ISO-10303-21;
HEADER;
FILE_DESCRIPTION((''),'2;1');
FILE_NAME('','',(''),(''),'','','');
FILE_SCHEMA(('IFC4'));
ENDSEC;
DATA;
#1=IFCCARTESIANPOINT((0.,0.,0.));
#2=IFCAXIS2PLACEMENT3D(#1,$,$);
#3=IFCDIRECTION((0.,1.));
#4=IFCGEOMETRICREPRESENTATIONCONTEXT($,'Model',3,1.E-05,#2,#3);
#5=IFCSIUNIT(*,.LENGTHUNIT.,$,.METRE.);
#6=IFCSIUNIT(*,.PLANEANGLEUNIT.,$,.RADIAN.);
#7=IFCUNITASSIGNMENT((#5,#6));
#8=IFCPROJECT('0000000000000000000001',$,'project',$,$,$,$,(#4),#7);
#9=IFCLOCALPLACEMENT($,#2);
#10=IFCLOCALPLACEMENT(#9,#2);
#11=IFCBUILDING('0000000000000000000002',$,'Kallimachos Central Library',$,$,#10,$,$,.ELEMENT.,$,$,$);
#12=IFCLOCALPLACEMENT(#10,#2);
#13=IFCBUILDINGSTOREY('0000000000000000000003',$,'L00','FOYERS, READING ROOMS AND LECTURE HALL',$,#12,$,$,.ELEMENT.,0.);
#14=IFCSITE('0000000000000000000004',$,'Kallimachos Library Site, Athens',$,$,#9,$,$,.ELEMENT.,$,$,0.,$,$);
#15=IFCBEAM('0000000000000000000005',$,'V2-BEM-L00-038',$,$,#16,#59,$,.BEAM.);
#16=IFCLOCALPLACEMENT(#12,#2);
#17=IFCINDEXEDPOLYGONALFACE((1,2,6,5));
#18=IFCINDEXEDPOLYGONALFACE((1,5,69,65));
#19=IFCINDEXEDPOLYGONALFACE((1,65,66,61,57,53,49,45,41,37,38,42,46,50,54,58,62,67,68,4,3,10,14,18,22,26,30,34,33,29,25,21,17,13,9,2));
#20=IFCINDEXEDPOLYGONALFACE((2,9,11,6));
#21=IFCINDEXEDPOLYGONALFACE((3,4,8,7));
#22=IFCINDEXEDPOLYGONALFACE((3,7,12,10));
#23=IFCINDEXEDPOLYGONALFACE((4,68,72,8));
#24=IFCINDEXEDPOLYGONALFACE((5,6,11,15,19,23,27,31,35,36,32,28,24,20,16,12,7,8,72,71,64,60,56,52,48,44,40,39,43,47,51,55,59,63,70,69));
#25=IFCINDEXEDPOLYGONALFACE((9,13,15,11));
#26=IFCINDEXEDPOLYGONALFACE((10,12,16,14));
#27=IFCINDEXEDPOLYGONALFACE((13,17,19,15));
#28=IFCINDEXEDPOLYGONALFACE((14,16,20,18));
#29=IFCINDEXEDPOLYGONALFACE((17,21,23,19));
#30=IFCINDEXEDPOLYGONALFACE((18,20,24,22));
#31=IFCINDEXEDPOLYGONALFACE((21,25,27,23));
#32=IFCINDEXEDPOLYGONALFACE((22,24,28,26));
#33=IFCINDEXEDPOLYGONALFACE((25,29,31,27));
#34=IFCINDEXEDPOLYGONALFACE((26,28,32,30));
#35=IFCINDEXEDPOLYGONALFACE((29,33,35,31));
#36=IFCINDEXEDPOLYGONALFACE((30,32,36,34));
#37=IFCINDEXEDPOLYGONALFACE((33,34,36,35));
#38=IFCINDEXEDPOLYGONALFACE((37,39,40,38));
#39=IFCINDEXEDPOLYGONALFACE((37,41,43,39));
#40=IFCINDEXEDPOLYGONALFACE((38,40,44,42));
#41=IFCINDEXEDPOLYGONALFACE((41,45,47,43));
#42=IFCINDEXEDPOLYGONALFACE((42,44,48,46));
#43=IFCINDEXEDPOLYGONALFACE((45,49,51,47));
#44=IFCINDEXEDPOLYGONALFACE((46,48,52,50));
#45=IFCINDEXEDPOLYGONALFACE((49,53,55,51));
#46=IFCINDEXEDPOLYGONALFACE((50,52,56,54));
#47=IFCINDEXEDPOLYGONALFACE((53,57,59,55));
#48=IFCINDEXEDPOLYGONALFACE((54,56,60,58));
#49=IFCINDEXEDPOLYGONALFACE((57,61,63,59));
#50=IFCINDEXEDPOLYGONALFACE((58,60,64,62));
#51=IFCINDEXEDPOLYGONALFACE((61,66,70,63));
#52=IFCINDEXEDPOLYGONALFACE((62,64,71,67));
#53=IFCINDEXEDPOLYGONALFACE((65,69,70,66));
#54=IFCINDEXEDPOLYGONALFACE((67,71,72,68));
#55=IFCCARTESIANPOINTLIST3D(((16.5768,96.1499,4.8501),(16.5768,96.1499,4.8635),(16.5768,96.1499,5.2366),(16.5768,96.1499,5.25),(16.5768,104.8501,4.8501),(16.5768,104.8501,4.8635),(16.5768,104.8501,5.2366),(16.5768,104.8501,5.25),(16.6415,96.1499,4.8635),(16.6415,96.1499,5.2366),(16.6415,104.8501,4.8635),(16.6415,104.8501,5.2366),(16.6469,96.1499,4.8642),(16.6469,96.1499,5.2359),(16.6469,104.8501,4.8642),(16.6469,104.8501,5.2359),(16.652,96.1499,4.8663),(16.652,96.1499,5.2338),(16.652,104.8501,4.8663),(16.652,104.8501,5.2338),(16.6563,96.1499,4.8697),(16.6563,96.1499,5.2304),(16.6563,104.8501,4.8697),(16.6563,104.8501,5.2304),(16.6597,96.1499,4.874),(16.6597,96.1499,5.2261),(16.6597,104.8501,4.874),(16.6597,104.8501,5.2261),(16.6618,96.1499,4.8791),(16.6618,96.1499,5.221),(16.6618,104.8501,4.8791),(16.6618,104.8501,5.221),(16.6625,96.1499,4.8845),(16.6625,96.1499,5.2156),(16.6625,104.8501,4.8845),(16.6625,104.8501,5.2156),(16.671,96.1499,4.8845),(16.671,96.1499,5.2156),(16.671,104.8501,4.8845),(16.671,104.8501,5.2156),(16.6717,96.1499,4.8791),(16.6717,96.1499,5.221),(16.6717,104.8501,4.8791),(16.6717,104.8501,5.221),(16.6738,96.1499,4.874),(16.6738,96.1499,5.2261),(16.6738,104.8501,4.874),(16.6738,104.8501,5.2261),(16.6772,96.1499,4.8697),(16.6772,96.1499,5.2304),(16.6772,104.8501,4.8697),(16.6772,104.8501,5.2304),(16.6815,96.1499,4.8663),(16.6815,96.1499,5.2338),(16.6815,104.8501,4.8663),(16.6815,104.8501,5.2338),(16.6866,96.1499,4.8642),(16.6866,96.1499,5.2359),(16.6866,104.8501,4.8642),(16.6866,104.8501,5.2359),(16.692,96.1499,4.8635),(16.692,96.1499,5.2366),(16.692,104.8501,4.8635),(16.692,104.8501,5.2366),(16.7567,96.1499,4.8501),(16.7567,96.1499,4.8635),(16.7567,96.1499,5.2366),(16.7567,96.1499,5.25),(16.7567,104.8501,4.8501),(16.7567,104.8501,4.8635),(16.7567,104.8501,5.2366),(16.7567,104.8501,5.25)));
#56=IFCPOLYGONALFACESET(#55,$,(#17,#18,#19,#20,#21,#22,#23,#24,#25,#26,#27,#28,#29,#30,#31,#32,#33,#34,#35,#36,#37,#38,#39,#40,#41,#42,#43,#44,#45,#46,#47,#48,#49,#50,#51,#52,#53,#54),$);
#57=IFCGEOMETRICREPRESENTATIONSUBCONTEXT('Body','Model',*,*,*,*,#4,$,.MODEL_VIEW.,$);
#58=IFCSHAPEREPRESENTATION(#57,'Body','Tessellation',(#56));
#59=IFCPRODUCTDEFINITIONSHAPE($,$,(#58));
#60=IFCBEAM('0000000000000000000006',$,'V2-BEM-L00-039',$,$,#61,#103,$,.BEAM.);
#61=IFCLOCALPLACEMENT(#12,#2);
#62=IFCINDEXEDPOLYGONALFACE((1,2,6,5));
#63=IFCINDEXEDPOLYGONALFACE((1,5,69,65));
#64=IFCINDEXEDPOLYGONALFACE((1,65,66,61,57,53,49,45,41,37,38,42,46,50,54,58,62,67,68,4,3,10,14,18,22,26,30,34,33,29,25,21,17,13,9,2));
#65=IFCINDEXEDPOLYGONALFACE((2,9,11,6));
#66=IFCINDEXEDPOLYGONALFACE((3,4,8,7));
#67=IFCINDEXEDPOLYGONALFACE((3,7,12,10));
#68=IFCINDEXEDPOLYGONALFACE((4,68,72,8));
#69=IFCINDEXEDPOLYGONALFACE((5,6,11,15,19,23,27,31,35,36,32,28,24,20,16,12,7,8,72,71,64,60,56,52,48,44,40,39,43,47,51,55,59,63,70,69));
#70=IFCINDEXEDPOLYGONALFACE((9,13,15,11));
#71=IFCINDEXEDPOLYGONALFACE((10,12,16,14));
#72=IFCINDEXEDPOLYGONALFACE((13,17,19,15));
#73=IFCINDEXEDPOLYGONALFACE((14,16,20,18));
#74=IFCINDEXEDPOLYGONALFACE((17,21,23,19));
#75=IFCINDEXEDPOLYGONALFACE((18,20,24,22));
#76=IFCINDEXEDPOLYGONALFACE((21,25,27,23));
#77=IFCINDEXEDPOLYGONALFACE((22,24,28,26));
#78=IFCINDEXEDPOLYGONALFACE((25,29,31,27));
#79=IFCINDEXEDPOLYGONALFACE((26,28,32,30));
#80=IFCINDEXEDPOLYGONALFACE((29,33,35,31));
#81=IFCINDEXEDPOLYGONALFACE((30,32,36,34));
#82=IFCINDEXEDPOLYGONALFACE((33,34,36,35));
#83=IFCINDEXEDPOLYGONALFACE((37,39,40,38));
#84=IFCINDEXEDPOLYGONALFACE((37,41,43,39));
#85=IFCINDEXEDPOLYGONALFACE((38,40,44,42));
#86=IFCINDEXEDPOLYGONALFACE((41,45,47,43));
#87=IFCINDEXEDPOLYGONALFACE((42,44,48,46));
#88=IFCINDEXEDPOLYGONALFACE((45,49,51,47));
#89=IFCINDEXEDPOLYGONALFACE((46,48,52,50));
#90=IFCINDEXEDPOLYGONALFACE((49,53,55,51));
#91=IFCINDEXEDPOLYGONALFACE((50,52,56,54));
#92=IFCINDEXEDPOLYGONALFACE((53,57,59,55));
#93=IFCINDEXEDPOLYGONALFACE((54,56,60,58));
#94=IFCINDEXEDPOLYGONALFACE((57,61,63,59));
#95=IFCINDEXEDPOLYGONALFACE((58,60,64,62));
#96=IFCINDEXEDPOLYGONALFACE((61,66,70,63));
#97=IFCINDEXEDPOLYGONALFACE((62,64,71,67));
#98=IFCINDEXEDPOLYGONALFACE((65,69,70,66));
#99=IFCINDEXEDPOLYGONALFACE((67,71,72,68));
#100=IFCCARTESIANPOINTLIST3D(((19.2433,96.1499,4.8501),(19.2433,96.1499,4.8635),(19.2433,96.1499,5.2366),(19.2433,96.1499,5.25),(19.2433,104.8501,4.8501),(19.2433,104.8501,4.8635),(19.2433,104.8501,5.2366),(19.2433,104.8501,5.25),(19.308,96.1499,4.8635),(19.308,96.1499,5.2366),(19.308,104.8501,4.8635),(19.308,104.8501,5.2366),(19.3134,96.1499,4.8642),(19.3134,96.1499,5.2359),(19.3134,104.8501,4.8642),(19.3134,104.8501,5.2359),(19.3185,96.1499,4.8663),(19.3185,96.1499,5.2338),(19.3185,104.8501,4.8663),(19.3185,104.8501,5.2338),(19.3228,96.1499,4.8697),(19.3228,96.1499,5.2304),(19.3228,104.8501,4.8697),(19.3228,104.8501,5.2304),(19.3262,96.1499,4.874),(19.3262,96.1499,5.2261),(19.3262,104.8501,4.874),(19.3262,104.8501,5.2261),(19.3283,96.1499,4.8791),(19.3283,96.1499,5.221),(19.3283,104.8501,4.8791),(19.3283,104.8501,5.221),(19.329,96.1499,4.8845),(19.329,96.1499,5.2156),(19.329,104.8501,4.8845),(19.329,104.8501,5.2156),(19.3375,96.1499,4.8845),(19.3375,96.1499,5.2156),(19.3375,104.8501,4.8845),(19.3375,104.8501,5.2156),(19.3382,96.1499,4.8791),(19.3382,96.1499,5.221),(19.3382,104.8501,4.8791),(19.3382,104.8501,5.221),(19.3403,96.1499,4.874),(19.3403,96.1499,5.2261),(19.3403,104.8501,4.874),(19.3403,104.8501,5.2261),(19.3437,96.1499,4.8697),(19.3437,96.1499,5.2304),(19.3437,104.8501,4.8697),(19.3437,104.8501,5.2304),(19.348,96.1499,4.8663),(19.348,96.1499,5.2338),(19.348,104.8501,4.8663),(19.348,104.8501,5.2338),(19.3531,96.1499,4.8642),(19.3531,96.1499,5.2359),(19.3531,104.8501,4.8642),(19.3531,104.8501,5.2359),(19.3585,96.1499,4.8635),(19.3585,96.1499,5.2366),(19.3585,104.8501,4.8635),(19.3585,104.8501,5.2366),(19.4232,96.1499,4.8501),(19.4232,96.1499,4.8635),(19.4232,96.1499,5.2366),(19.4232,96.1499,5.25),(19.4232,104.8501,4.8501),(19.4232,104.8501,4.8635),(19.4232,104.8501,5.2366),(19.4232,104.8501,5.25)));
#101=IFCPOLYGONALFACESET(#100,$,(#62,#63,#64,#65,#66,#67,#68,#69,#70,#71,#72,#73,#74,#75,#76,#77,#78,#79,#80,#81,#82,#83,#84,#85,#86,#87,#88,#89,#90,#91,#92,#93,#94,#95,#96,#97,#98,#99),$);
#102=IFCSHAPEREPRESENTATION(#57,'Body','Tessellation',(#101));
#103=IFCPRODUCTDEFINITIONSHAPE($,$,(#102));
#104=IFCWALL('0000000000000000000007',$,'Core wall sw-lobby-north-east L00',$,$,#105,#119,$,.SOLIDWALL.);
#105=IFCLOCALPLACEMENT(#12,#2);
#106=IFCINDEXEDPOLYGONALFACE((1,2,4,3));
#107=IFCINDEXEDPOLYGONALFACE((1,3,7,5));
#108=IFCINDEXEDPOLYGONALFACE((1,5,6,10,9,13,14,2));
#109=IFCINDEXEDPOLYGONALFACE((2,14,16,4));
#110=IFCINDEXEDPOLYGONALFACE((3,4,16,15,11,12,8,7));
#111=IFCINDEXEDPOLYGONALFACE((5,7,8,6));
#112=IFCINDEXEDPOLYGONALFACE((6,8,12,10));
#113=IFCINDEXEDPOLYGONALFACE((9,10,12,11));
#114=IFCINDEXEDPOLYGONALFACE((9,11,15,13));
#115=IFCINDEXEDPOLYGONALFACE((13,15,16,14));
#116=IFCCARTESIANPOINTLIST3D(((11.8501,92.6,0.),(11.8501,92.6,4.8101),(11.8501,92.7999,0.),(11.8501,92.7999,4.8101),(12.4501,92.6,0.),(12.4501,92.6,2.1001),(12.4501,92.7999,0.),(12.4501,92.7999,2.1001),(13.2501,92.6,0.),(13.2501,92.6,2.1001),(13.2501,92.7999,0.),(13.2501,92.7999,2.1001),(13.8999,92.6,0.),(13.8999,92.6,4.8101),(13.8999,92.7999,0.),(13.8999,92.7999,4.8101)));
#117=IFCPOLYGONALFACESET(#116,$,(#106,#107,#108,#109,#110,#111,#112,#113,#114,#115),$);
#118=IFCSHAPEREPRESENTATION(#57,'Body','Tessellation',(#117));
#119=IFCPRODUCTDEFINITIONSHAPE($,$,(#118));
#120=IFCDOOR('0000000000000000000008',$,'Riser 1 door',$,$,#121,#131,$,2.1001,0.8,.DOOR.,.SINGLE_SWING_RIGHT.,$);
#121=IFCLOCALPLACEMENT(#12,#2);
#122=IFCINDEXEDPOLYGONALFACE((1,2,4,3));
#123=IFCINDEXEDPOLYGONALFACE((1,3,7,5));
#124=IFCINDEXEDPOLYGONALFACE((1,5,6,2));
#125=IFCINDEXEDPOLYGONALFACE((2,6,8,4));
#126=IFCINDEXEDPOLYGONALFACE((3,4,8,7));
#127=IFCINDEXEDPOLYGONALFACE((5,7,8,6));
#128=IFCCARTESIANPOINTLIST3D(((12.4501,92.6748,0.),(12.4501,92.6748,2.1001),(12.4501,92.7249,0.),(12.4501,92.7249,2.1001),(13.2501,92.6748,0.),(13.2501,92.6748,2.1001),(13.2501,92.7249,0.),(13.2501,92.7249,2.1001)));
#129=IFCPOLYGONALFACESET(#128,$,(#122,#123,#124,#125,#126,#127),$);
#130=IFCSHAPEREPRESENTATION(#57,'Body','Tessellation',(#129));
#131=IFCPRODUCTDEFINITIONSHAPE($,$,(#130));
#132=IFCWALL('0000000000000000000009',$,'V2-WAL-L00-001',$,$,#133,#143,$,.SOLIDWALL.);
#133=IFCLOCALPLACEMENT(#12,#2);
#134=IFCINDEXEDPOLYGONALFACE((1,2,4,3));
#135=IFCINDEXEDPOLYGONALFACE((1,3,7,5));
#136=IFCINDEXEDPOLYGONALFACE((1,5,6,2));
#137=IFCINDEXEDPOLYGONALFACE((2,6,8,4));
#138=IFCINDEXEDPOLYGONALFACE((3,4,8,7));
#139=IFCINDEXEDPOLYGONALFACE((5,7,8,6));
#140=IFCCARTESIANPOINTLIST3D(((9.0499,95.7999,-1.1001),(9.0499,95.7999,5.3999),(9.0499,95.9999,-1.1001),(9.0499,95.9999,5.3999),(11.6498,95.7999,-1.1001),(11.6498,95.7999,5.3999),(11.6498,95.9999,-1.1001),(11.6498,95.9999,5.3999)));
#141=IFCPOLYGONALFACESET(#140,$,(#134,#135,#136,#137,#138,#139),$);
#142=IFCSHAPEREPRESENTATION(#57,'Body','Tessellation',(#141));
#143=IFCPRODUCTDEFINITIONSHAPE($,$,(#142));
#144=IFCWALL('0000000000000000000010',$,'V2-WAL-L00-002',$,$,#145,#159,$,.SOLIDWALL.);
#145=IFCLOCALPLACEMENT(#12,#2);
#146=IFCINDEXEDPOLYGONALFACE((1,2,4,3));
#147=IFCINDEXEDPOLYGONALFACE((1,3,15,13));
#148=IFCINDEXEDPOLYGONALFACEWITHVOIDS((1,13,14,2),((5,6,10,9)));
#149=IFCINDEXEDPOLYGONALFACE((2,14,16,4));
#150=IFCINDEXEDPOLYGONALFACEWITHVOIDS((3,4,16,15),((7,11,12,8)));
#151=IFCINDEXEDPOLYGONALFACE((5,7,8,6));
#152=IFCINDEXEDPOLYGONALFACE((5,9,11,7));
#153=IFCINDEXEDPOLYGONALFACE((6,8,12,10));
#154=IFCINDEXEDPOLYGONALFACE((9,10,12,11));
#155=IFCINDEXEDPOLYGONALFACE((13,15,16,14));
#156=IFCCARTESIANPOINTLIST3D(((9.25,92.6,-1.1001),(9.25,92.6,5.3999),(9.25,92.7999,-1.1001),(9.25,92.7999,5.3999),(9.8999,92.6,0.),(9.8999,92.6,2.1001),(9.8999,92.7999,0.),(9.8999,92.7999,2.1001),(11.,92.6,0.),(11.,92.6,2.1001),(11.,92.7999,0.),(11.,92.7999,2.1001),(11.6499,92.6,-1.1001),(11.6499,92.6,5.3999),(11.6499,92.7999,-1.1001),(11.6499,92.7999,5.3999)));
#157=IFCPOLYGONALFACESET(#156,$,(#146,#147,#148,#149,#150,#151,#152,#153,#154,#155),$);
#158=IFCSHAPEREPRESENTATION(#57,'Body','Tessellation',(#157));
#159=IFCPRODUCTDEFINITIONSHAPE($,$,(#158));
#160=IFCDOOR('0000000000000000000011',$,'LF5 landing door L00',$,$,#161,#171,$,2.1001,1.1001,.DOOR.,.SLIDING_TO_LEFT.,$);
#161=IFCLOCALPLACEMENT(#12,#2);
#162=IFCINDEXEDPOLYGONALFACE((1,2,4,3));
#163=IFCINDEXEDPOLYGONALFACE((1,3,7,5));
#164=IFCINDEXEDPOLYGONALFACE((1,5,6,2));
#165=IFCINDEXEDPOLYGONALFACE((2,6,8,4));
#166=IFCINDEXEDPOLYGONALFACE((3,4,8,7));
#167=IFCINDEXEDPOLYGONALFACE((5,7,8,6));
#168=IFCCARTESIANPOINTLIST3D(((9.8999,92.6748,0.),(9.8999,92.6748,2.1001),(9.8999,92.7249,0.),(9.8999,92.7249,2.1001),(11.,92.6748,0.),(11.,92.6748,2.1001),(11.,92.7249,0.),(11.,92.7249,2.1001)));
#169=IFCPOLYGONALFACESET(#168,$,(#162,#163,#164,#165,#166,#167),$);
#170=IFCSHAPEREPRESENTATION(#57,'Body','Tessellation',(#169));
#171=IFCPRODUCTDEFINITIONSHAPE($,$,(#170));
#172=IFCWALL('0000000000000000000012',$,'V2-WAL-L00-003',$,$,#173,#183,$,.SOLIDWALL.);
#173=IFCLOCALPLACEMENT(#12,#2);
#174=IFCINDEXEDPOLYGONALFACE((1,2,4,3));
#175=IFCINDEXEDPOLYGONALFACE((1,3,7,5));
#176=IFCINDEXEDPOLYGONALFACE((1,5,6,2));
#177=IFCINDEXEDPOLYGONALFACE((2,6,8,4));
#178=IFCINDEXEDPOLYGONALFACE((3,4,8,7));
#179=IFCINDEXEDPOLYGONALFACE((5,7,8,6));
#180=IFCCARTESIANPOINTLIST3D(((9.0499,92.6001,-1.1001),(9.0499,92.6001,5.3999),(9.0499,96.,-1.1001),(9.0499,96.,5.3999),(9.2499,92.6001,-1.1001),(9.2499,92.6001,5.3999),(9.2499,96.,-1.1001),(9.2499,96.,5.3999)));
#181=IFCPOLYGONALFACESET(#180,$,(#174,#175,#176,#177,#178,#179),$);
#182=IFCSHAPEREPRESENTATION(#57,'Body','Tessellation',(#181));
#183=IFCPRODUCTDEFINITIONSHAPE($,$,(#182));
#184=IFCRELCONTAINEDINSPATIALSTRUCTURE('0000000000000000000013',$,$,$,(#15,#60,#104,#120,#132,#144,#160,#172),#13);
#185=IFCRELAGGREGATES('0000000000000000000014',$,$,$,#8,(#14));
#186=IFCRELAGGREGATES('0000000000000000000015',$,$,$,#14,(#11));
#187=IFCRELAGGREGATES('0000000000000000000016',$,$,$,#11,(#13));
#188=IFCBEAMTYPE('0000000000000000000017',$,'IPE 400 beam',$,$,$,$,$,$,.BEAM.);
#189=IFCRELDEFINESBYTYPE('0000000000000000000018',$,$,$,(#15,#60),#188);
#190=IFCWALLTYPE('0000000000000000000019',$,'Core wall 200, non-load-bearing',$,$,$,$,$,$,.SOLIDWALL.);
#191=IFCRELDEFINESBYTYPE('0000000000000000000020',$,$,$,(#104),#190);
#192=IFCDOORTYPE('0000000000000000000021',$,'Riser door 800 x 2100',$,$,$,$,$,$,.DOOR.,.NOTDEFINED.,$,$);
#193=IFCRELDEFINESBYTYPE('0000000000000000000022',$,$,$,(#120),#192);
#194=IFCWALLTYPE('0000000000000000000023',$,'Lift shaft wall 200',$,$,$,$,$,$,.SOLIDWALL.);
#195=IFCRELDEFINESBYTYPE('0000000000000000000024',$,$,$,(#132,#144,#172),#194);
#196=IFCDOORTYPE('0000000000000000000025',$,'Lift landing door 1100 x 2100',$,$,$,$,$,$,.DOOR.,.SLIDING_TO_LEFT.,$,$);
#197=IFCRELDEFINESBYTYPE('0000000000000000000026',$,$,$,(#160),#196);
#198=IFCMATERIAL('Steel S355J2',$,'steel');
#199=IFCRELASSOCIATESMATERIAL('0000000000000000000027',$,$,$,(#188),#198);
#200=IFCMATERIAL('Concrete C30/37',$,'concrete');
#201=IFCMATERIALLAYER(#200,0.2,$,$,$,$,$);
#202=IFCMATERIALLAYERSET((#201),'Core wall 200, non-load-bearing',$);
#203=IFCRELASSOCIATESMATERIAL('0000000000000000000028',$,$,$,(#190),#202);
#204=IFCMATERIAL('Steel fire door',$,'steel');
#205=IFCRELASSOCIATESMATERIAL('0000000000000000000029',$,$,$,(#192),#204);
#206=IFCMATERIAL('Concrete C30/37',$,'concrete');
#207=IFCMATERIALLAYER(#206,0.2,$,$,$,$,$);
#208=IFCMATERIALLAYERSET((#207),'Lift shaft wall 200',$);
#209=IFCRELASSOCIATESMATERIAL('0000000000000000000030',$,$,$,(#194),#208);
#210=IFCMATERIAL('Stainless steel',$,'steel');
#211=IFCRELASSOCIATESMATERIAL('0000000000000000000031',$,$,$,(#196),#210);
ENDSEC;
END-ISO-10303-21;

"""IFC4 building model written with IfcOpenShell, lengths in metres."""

from ifc_helpers import new_model, si_unit, direction, frame, frame_2d, origin, origin_2d, place, context, subcontext, project, spatial, rectangle, i_section, extrude, material, layer, layer_set, material_profile, profile_set, type_object, element, fill, save


model = new_model("IFC4")

# Units and contexts
model_context = context("Model", 3, precision=1e-05, world=origin(), true_north=direction((0.0, 1.0)))
body_context = subcontext(model_context, "Body", "Model", "MODEL_VIEW")
ifc_project = project(units=[si_unit("LENGTHUNIT", "METRE"), si_unit("PLANEANGLEUNIT", "RADIAN")], contexts=[model_context])

# Site, building, storey
site_placement = place(None, origin())
site = spatial("IfcSite", under=ifc_project, at=site_placement, Name="Kallimachos Library Site, Athens", CompositionType="ELEMENT", RefElevation=0.0)
building_placement = place(site_placement, origin())
building = spatial("IfcBuilding", under=site, at=building_placement, Name="Kallimachos Central Library", CompositionType="ELEMENT")
storey_placement = place(building_placement, origin())
storey = spatial("IfcBuildingStorey", under=building, at=storey_placement, Name="L00", Description="FOYERS, READING ROOMS AND LECTURE HALL", CompositionType="ELEMENT", Elevation=0.0)

# Beams
ifc_material_1 = material(Name="Steel S355J2", Category="steel")
ifc_material_profile_1 = material_profile(ifc_material_1, i_section(OverallWidth=0.1799, OverallDepth=0.3999, WebThickness=0.0085, FlangeThickness=0.0134, FilletRadius=0.021, at=origin_2d()), Name="IPE 400")
ifc_profile_set_1 = profile_set([ifc_material_profile_1], Name="Steel S355J2")
beam_type_1 = type_object("IfcBeamType", Name="IPE 400 beam", PredefinedType="BEAM", material=ifc_profile_set_1)
for number, where, z_axis, x_axis, name in (
    (1, (16.6667, 96.1499, 5.05), (0.0, 1.0, 0.0), (-1.0, 0.0, 0.0), "V2-BEM-L00-038"),
    (2, (19.3333, 96.1499, 5.05), (0.0, 1.0, 0.0), (-1.0, 0.0, 0.0), "V2-BEM-L00-039"),
):
    element("IfcBeam", number, at=place(storey_placement, frame(where, z_axis=z_axis, x_axis=x_axis)), inside=storey, type_object=beam_type_1, Name=name, PredefinedType="BEAM", context=body_context, shape_type="SweptSolid", body=[
        extrude(i_section(OverallWidth=0.1799, OverallDepth=0.3999, WebThickness=0.0085, FlangeThickness=0.0134, FilletRadius=0.021, at=origin_2d()), origin(), (0.0, 0.0, 1.0), 8.7002),
    ])

# Wall, opening, door
ifc_material_2 = material(Name="Concrete C30/37", Category="concrete")
ifc_layer_1 = layer(ifc_material_2, 0.2)
ifc_layer_set_1 = layer_set([ifc_layer_1], Name="Core wall 200, non-load-bearing")
wall_type_1 = type_object("IfcWallType", Name="Core wall 200, non-load-bearing", PredefinedType="SOLIDWALL", material=ifc_layer_set_1)
wall_1_placement = place(storey_placement, frame((11.8501, 92.7, 0.0), z_axis=(0.0, 0.0, 1.0), x_axis=(1.0, 0.0, 0.0)))
wall_1 = element("IfcWall", 3, at=wall_1_placement, inside=storey, type_object=wall_type_1, Name="Core wall sw-lobby-north-east L00", PredefinedType="SOLIDWALL", context=body_context, shape_type="SweptSolid", body=[
    extrude(rectangle(XDim=2.0498, YDim=0.2, at=frame_2d((1.0249, 0.0))), origin(), (0.0, 0.0, 1.0), 4.8101),
])
opening_1_placement = place(wall_1_placement, frame((0.6001, 0.0, 0.0)))
opening_1 = element("IfcOpeningElement", 4, at=opening_1_placement, cuts=wall_1, PredefinedType="OPENING", context=body_context, shape_type="SweptSolid", body=[
    extrude(rectangle(XDim=0.8, YDim=2.1001, at=frame_2d((0.3999, 1.05))), frame((0.0, 0.1099, 0.0), z_axis=(0.0, -1.0, 0.0), x_axis=(1.0, 0.0, 0.0)), (0.0, 0.0, 1.0), 0.22),
])
ifc_material_3 = material(Name="Steel fire door", Category="steel")
door_type_1 = type_object("IfcDoorType", Name="Riser door 800 x 2100", OperationType="NOTDEFINED", PredefinedType="DOOR", material=ifc_material_3)
door_1_placement = place(opening_1_placement, origin())
door_1 = element("IfcDoor", 5, at=door_1_placement, inside=storey, type_object=door_type_1, Name="Riser 1 door", OperationType="SINGLE_SWING_RIGHT", OverallHeight=2.1001, OverallWidth=0.8, PredefinedType="DOOR", context=body_context, shape_type="SweptSolid", body=[
    extrude(rectangle(XDim=0.8, YDim=2.1001, at=frame_2d((0.3999, 1.05))), frame((0.0, 0.0249, 0.0), z_axis=(0.0, -1.0, 0.0), x_axis=(1.0, 0.0, 0.0)), (0.0, 0.0, 1.0), 0.05),
])
fill(opening_1, door_1)

# Wall
ifc_material_4 = material(Name="Concrete C30/37", Category="concrete")
ifc_layer_2 = layer(ifc_material_4, 0.2)
ifc_layer_set_2 = layer_set([ifc_layer_2], Name="Lift shaft wall 200")
wall_type_2 = type_object("IfcWallType", Name="Lift shaft wall 200", PredefinedType="SOLIDWALL", material=ifc_layer_set_2)
wall_2_placement = place(storey_placement, frame((9.05, 95.8999, -1.1001), z_axis=(0.0, 0.0, 1.0), x_axis=(1.0, 0.0, 0.0)))
element("IfcWall", 6, at=wall_2_placement, inside=storey, type_object=wall_type_2, Name="V2-WAL-L00-001", PredefinedType="SOLIDWALL", context=body_context, shape_type="SweptSolid", body=[
    extrude(rectangle(XDim=2.5999, YDim=0.2, at=frame_2d((1.2998, 0.0))), origin(), (0.0, 0.0, 1.0), 6.5),
])

# Wall, opening, door
wall_3_placement = place(storey_placement, frame((9.25, 92.7, -1.1001), z_axis=(0.0, 0.0, 1.0), x_axis=(1.0, 0.0, 0.0)))
wall_3 = element("IfcWall", 7, at=wall_3_placement, inside=storey, type_object=wall_type_2, Name="V2-WAL-L00-002", PredefinedType="SOLIDWALL", context=body_context, shape_type="SweptSolid", body=[
    extrude(rectangle(XDim=2.3999, YDim=0.2, at=frame_2d((1.2, 0.0))), origin(), (0.0, 0.0, 1.0), 6.5),
])
opening_2_placement = place(wall_3_placement, frame((0.6499, 0.0, 1.1001)))
opening_2 = element("IfcOpeningElement", 8, at=opening_2_placement, cuts=wall_3, PredefinedType="OPENING", context=body_context, shape_type="SweptSolid", body=[
    extrude(rectangle(XDim=1.1001, YDim=2.1001, at=frame_2d((0.55, 1.05))), frame((0.0, 0.1099, 0.0), z_axis=(0.0, -1.0, 0.0), x_axis=(1.0, 0.0, 0.0)), (0.0, 0.0, 1.0), 0.22),
])
ifc_material_5 = material(Name="Stainless steel", Category="steel")
door_type_2 = type_object("IfcDoorType", Name="Lift landing door 1100 x 2100", OperationType="SLIDING_TO_LEFT", PredefinedType="DOOR", material=ifc_material_5)
door_2_placement = place(opening_2_placement, origin())
door_2 = element("IfcDoor", 9, at=door_2_placement, inside=storey, type_object=door_type_2, Name="LF5 landing door L00", OperationType="SLIDING_TO_LEFT", OverallHeight=2.1001, OverallWidth=1.1001, PredefinedType="DOOR", context=body_context, shape_type="SweptSolid", body=[
    extrude(rectangle(XDim=1.1001, YDim=2.1001, at=frame_2d((0.55, 1.05))), frame((0.0, 0.0249, 0.0), z_axis=(0.0, -1.0, 0.0), x_axis=(1.0, 0.0, 0.0)), (0.0, 0.0, 1.0), 0.05),
])
fill(opening_2, door_2)

# Wall
for number, where, z_axis, x_axis, name in (
    (10, (9.1499, 92.6001, -1.1001), (0.0, 0.0, 1.0), (0.0, 1.0, 0.0), "V2-WAL-L00-003"),
):
    element("IfcWall", number, at=place(storey_placement, frame(where, z_axis=z_axis, x_axis=x_axis)), inside=storey, type_object=wall_type_2, Name=name, PredefinedType="SOLIDWALL", context=body_context, shape_type="SweptSolid", body=[
        extrude(rectangle(XDim=3.3999, YDim=0.2, at=frame_2d((1.7, 0.0))), origin(), (0.0, 0.0, 1.0), 6.5),
    ])

save(model, "model.ifc")
